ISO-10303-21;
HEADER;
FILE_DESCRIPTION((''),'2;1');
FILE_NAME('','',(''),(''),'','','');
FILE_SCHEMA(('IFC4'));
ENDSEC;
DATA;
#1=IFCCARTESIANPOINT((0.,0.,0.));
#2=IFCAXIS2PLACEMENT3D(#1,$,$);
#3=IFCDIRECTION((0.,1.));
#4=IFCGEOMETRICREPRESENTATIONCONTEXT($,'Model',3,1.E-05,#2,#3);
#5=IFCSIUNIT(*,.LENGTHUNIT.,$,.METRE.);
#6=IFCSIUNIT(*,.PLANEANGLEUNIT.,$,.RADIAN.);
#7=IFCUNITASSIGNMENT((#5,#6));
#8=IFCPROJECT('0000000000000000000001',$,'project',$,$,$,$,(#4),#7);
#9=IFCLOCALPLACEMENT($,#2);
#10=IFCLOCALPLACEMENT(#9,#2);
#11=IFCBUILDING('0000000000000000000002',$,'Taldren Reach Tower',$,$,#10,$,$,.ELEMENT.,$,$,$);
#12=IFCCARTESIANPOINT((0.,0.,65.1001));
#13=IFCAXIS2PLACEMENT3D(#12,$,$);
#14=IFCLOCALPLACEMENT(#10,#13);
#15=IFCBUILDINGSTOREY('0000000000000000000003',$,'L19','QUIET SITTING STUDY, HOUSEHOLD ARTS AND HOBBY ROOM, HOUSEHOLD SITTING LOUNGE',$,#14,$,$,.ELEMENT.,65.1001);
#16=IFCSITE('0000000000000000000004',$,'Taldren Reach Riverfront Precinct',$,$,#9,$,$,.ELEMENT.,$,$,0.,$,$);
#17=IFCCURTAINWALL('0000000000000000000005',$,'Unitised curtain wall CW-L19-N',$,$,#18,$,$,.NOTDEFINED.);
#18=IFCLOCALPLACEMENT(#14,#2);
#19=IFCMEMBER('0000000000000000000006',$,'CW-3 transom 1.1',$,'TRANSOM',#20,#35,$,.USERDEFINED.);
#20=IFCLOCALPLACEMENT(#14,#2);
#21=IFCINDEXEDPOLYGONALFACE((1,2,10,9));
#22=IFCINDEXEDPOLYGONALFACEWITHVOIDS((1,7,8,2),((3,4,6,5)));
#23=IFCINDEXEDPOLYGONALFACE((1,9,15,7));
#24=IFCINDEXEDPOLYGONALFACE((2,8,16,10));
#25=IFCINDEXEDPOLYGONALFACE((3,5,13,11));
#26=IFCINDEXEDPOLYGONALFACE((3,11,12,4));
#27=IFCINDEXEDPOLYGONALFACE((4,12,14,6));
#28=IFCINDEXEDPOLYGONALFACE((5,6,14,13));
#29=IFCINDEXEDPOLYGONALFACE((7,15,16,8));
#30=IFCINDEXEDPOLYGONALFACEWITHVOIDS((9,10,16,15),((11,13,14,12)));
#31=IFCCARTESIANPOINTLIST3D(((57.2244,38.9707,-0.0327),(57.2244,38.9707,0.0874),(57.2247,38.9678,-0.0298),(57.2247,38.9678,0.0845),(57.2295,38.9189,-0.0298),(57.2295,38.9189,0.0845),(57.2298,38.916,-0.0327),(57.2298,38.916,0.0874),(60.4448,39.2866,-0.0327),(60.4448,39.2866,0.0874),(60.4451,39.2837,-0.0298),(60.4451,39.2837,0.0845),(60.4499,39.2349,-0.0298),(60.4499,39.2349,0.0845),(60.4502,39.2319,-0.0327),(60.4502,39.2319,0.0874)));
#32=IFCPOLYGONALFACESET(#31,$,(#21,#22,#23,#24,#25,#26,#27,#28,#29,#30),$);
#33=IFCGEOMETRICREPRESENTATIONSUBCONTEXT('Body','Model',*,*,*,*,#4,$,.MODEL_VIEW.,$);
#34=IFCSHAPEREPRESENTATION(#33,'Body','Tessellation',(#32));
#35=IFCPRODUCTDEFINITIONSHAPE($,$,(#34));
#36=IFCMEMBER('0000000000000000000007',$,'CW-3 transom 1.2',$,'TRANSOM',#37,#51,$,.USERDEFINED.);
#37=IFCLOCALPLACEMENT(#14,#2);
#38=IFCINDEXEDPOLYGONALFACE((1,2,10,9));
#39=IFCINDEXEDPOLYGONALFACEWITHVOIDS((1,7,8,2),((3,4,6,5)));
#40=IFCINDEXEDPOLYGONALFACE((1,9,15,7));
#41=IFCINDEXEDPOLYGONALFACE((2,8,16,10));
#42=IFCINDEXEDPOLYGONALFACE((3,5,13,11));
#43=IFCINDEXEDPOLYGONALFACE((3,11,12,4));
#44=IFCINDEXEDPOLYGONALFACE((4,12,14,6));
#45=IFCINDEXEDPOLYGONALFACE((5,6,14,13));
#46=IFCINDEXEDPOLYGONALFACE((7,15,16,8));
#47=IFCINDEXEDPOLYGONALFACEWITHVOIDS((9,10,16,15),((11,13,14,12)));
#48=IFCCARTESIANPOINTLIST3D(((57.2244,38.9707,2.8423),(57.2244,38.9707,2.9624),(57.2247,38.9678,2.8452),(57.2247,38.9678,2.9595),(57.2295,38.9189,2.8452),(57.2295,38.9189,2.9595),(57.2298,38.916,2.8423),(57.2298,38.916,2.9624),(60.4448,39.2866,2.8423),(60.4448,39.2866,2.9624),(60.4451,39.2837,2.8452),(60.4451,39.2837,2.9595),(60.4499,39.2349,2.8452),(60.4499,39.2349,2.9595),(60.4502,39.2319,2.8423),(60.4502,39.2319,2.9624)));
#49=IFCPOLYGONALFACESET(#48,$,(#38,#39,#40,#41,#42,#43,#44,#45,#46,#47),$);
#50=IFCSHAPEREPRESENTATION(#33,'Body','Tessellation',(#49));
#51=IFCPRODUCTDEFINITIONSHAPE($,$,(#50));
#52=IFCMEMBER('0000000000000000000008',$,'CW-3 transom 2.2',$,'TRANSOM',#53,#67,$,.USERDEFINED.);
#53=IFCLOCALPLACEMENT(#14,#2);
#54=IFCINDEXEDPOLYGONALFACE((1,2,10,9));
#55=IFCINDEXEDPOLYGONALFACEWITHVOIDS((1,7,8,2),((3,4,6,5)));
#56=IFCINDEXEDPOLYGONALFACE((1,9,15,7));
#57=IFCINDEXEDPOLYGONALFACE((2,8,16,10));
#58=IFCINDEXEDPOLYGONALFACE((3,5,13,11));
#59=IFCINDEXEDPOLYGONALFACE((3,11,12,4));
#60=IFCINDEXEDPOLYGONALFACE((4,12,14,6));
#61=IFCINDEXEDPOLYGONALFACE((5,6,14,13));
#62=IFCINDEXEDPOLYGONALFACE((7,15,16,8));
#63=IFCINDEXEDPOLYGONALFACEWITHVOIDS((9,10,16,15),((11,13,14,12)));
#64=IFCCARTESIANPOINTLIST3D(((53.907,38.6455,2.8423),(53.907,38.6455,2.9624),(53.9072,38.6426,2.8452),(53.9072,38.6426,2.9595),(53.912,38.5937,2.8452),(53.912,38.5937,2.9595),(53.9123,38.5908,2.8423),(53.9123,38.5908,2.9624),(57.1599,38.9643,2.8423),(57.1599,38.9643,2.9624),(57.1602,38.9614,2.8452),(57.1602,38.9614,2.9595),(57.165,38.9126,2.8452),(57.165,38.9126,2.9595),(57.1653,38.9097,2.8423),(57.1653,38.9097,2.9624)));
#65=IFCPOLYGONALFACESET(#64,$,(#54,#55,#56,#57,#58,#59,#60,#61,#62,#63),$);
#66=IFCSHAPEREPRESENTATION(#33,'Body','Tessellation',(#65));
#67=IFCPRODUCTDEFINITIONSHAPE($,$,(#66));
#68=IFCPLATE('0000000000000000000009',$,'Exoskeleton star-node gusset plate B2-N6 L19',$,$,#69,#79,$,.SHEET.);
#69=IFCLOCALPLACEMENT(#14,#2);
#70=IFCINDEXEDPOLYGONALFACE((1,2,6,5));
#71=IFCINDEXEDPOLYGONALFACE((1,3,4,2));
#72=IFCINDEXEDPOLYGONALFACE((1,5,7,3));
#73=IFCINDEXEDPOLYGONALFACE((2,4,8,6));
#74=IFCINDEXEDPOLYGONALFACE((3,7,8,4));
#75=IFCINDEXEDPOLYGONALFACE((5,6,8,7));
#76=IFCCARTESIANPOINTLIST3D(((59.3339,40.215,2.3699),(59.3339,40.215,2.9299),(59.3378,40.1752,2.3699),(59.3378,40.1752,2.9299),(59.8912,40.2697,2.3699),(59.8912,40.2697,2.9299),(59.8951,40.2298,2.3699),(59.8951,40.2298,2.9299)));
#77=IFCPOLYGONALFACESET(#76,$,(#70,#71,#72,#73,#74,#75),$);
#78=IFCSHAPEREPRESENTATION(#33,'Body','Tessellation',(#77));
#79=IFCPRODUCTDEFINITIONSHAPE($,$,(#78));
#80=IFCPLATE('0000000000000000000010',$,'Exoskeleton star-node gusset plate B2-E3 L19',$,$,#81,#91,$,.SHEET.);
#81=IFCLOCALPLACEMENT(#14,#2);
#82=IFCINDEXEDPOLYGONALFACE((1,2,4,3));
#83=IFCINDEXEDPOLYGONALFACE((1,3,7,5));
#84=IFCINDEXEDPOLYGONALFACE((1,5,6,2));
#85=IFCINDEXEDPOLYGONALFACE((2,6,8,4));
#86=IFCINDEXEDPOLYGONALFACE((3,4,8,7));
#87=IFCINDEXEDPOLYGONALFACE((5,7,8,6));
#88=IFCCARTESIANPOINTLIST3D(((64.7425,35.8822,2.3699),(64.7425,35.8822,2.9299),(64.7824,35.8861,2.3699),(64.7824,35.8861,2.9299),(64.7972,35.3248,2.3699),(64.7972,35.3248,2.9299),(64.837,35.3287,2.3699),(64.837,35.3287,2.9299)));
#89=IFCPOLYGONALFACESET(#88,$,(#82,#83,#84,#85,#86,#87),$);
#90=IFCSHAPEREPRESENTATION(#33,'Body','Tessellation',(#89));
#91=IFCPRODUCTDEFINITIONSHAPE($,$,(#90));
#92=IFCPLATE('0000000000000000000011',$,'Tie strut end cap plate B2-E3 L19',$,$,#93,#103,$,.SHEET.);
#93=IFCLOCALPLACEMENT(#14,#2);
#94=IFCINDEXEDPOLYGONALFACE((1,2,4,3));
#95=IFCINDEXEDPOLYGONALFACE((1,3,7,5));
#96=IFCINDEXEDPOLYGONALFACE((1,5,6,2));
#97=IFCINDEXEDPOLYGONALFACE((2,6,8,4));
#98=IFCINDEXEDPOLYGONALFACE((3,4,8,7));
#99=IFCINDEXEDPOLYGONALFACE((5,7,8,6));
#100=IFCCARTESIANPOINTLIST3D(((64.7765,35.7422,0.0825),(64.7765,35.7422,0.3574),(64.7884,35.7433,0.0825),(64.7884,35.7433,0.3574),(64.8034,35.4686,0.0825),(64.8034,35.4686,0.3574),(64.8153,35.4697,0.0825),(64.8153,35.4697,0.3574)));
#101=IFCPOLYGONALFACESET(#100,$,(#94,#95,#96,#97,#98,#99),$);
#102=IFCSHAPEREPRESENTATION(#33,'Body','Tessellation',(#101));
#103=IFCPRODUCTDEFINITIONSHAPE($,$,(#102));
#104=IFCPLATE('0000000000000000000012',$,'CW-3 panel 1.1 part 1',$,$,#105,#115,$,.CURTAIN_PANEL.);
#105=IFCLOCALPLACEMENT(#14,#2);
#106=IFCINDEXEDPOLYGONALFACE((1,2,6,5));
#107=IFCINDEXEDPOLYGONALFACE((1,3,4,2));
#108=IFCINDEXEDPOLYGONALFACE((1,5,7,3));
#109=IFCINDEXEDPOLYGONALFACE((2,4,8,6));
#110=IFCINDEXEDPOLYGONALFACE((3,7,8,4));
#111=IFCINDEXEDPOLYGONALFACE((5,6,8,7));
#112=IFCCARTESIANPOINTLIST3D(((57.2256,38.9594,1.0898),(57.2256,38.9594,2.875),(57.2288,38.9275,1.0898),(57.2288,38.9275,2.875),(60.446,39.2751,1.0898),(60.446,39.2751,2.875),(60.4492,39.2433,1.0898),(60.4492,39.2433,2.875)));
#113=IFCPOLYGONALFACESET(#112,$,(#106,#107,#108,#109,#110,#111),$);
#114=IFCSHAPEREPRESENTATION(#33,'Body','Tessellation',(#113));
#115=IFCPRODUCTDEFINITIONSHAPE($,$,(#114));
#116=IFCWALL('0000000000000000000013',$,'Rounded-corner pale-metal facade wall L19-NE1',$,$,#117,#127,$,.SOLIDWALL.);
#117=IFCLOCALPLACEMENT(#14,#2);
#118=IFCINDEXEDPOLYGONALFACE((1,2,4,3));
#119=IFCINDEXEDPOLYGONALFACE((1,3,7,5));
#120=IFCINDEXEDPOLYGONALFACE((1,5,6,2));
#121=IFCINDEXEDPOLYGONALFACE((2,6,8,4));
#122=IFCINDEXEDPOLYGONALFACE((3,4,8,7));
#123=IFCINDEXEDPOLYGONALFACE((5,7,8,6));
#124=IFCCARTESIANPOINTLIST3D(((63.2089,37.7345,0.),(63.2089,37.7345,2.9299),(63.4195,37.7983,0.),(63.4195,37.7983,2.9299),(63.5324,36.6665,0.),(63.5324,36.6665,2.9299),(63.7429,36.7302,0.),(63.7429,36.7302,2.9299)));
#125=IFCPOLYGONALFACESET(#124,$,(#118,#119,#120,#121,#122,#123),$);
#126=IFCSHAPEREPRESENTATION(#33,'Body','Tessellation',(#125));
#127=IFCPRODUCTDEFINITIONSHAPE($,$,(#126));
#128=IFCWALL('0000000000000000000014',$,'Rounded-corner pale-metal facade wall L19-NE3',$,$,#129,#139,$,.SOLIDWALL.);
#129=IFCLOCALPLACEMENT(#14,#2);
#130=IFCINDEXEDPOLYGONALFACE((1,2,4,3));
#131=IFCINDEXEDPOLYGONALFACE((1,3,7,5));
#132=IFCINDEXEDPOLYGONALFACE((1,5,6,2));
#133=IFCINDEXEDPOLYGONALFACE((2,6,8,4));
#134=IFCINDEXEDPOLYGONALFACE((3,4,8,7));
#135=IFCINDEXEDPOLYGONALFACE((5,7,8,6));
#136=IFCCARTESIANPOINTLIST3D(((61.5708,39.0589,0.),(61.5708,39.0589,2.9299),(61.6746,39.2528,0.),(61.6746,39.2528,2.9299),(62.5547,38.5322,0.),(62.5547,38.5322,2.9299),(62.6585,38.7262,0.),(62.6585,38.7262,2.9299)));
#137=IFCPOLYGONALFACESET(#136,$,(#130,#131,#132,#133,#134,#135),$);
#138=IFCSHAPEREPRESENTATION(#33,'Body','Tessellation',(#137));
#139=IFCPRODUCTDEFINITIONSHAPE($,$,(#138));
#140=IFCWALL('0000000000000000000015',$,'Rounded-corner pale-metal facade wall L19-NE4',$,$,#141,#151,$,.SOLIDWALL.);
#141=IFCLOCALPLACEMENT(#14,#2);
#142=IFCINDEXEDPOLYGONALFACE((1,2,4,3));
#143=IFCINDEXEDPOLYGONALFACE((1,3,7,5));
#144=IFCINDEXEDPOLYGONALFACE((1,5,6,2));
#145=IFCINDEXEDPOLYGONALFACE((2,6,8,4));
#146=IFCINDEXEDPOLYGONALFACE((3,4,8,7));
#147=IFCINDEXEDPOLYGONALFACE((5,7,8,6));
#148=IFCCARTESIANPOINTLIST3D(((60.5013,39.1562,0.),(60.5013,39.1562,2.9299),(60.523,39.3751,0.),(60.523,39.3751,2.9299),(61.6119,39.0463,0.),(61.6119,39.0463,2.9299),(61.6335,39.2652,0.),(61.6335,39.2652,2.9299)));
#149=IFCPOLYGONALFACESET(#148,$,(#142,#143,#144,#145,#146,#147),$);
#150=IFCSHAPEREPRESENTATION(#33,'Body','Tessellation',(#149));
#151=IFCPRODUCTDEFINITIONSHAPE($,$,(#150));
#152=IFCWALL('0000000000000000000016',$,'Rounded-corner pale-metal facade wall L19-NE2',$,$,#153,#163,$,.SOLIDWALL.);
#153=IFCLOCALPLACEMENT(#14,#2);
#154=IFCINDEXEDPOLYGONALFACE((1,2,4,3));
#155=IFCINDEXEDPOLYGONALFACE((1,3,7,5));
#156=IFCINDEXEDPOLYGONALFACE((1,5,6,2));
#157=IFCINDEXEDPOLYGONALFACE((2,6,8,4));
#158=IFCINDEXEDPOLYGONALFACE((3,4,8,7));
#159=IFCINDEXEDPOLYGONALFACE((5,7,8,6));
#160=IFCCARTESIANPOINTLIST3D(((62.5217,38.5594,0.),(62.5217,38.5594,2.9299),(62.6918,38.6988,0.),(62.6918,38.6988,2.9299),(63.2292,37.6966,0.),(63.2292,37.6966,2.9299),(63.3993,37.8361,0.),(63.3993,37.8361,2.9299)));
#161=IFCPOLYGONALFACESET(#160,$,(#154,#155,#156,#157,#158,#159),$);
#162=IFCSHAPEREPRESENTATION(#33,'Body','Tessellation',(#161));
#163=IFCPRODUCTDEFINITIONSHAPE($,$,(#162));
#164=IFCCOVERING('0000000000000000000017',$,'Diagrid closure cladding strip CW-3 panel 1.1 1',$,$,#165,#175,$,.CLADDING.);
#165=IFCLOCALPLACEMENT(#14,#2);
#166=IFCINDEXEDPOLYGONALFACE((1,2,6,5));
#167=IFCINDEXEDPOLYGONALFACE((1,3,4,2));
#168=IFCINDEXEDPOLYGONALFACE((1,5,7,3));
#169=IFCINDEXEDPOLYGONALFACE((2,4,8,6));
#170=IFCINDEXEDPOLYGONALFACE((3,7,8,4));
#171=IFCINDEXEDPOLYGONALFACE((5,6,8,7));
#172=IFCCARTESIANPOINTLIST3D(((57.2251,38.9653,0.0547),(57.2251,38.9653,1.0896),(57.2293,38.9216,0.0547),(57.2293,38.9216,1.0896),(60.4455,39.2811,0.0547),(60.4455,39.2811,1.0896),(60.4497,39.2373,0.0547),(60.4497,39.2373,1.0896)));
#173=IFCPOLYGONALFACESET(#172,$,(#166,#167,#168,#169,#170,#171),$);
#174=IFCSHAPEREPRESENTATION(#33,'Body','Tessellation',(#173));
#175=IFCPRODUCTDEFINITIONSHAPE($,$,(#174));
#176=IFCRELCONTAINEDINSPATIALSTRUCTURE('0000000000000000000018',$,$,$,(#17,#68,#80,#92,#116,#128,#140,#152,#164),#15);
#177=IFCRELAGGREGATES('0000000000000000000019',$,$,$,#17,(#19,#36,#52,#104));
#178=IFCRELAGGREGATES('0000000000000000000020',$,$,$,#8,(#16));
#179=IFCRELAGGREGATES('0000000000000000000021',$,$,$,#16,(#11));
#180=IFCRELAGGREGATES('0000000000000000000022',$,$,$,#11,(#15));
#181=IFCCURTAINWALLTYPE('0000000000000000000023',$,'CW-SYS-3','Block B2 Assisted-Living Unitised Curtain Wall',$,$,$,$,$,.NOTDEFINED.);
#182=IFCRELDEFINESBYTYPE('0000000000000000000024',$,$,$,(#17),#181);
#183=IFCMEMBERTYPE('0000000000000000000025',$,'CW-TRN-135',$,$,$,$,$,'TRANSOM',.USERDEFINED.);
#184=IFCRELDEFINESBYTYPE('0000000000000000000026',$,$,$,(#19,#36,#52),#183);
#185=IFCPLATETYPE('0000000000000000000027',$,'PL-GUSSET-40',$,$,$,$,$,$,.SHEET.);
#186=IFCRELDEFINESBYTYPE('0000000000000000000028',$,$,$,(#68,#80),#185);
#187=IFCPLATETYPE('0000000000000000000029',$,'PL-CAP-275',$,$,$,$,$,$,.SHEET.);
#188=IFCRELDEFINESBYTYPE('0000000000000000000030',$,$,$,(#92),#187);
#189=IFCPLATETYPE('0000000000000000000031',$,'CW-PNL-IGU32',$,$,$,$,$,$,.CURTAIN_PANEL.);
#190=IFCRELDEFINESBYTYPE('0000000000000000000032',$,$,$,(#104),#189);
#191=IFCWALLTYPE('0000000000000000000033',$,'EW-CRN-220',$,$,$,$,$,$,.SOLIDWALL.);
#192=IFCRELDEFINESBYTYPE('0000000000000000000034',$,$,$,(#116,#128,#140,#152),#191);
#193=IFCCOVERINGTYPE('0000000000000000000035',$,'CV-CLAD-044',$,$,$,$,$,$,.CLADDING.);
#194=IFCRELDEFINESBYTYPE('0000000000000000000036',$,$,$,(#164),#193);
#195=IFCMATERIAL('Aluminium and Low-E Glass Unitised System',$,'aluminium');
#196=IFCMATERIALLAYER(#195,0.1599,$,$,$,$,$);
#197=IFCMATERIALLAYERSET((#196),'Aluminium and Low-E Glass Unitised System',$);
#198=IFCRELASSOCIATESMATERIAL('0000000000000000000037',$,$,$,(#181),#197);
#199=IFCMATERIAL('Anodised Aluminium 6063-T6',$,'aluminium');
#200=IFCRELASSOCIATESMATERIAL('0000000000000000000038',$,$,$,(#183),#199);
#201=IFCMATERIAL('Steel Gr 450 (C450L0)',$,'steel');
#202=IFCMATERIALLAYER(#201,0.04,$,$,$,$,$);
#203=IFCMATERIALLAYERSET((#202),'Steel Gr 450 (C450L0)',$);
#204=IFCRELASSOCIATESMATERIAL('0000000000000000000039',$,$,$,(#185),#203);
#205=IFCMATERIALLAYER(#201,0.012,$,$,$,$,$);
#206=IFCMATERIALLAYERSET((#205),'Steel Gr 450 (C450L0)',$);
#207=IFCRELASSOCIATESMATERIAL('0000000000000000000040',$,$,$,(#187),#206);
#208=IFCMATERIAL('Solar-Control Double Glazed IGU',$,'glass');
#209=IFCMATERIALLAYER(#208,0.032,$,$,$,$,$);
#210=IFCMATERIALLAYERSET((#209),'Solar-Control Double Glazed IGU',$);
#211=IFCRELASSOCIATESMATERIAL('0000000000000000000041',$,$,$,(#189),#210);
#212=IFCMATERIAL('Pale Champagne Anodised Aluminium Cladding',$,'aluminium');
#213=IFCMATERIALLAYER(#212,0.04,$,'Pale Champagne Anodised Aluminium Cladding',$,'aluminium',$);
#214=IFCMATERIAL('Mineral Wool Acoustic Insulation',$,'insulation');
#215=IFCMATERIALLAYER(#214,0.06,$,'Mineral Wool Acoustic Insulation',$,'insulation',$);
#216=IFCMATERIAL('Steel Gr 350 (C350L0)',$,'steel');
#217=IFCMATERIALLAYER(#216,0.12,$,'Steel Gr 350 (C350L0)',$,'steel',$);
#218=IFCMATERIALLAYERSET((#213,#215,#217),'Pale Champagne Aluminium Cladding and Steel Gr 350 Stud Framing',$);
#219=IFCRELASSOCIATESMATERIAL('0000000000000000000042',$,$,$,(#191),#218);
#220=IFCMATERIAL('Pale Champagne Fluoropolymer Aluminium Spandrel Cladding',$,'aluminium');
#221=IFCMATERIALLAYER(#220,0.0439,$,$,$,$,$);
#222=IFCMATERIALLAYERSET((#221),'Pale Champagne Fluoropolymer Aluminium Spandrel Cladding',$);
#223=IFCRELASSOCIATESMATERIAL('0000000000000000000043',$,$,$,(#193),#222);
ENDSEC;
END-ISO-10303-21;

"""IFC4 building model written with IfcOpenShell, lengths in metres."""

from ifc_helpers import new_model, si_unit, direction, frame, frame_2d, origin, origin_2d, place, context, subcontext, project, spatial, rectangle, hollow_rectangle, extrude, source, transform, mapped, material, layer, layer_set, material_profile, profile_set, type_object, element, aggregate, save


model = new_model("IFC4")

# Units and contexts
model_context = context("Model", 3, precision=1e-05, world=origin(), true_north=direction((0.0, 1.0)))
body_context = subcontext(model_context, "Body", "Model", "MODEL_VIEW")
ifc_project = project(units=[si_unit("LENGTHUNIT", "METRE"), si_unit("PLANEANGLEUNIT", "RADIAN")], contexts=[model_context])

# Site, building, storey
site_placement = place(None, origin())
site = spatial("IfcSite", under=ifc_project, at=site_placement, Name="Taldren Reach Riverfront Precinct", CompositionType="ELEMENT", RefElevation=0.0)
building_placement = place(site_placement, origin())
building = spatial("IfcBuilding", under=site, at=building_placement, Name="Taldren Reach Tower", CompositionType="ELEMENT")
storey_placement = place(building_placement, frame((0.0, 0.0, 65.1001)))
storey = spatial("IfcBuildingStorey", under=building, at=storey_placement, Name="L19", Description="QUIET SITTING STUDY, HOUSEHOLD ARTS AND HOBBY ROOM, HOUSEHOLD SITTING LOUNGE", CompositionType="ELEMENT", Elevation=65.1001)

# Shared definitions
ifc_material_1 = material(Name="Steel Gr 450 (C450L0)", Category="steel")
ifc_material_2 = material(Name="Steel Gr 350 (C350L0)", Category="steel")

# Curtain wall
ifc_material_3 = material(Name="Aluminium and Low-E Glass Unitised System", Category="aluminium")
ifc_layer_1 = layer(ifc_material_3, 0.1599)
ifc_layer_set_1 = layer_set([ifc_layer_1], Name="Aluminium and Low-E Glass Unitised System")
curtain_wall_type = type_object("IfcCurtainWallType", Name="CW-SYS-3", Description="Block B2 Assisted-Living Unitised Curtain Wall", PredefinedType="NOTDEFINED", material=ifc_layer_set_1)
curtain_wall_1_placement = place(storey_placement, origin())
curtain_wall_1 = element("IfcCurtainWall", 1, at=curtain_wall_1_placement, inside=storey, type_object=curtain_wall_type, Name="Unitised curtain wall CW-L19-N", PredefinedType="NOTDEFINED")
ifc_material_4 = material(Name="Anodised Aluminium 6063-T6", Category="aluminium")

# Members
ifc_material_profile_1 = material_profile(ifc_material_4, hollow_rectangle(XDim=0.0549, YDim=0.1201, WallThickness=0.0029, at=origin_2d()), Name="ALU-120x55x3RHS")
ifc_profile_set_1 = profile_set([ifc_material_profile_1], Name="Anodised Aluminium 6063-T6")
member_type_1 = type_object("IfcMemberType", Name="CW-TRN-135", ElementType="TRANSOM", PredefinedType="USERDEFINED", material=ifc_profile_set_1)
shared_shape_1 = source(origin(), body_context, "Body", "SweptSolid", [
    extrude(hollow_rectangle(XDim=0.0549, YDim=0.1201, WallThickness=0.0029, at=origin_2d()), origin(), (0.0, 0.0, 1.0), 3.2358),
])
member_1_placement = place(storey_placement, frame((60.4475, 39.2593, 0.0273), z_axis=(-0.995223, -0.097629, 0.0), x_axis=(0.097629, -0.995223, 0.0)))
member_1 = element("IfcMember", 2, at=member_1_placement, type_object=member_type_1, Name="CW-3 transom 1.1", ObjectType="TRANSOM", PredefinedType="USERDEFINED", context=body_context, shape_type="MappedRepresentation", body=[
    mapped(shared_shape_1, transform((0.0, 0.0, 0.0), scale=1.0)),
])
member_2_placement = place(storey_placement, frame((60.4475, 39.2593, 2.9023), z_axis=(-0.995223, -0.097629, 0.0), x_axis=(0.097629, -0.995223, 0.0)))
member_2 = element("IfcMember", 3, at=member_2_placement, type_object=member_type_1, Name="CW-3 transom 1.2", ObjectType="TRANSOM", PredefinedType="USERDEFINED", context=body_context, shape_type="MappedRepresentation", body=[
    mapped(shared_shape_1, transform((0.0, 0.0, 0.0), scale=1.0)),
])
shared_shape_2 = source(origin(), body_context, "Body", "SweptSolid", [
    extrude(hollow_rectangle(XDim=0.0549, YDim=0.1201, WallThickness=0.0029, at=origin_2d()), origin(), (0.0, 0.0, 1.0), 3.2686),
])
member_3_placement = place(storey_placement, frame((57.1626, 38.937, 2.9023), z_axis=(-0.995231, -0.097551, 0.0), x_axis=(0.097551, -0.995231, 0.0)))
member_3 = element("IfcMember", 4, at=member_3_placement, type_object=member_type_1, Name="CW-3 transom 2.2", ObjectType="TRANSOM", PredefinedType="USERDEFINED", context=body_context, shape_type="MappedRepresentation", body=[
    mapped(shared_shape_2, transform((0.0, 0.0, 0.0), scale=1.0)),
])

# Plates
ifc_layer_2 = layer(ifc_material_1, 0.04)
ifc_layer_set_2 = layer_set([ifc_layer_2], Name="Steel Gr 450 (C450L0)")
plate_type_1 = type_object("IfcPlateType", Name="PL-GUSSET-40", PredefinedType="SHEET", material=ifc_layer_set_2)
shared_shape_3 = source(origin(), body_context, "Body", "SweptSolid", [
    extrude(rectangle(XDim=0.5601, YDim=0.04, at=origin_2d()), origin(), (0.0, 0.0, 1.0), 0.5601),
])
for number, where, z_axis, x_axis, name in (
    (5, (59.6145, 40.2224, 2.3699), (0.0, 0.0, 1.0), (0.995227, 0.097583, 0.0), "Exoskeleton star-node gusset plate B2-N6 L19"),
    (6, (64.7898, 35.6055, 2.3699), (0.0, 0.0, 1.0), (-0.097583, 0.995227, 0.0), "Exoskeleton star-node gusset plate B2-E3 L19"),
):
    element("IfcPlate", number, at=place(storey_placement, frame(where, z_axis=z_axis, x_axis=x_axis)), inside=storey, type_object=plate_type_1, Name=name, PredefinedType="SHEET", context=body_context, shape_type="MappedRepresentation", body=[
        mapped(shared_shape_3, transform((0.0, 0.0, 0.0), scale=1.0)),
    ])
ifc_layer_3 = layer(ifc_material_1, 0.012)
ifc_layer_set_3 = layer_set([ifc_layer_3], Name="Steel Gr 450 (C450L0)")
plate_type_2 = type_object("IfcPlateType", Name="PL-CAP-275", PredefinedType="SHEET", material=ifc_layer_set_3)
shared_shape_4 = source(origin(), body_context, "Body", "SweptSolid", [
    extrude(rectangle(XDim=0.012, YDim=0.2749, at=origin_2d()), origin(), (0.0, 0.0, 1.0), 0.2749),
])
plate_1_placement = place(storey_placement, frame((64.7959, 35.606, 0.0825), z_axis=(0.0, 0.0, 1.0), x_axis=(0.995227, 0.097583, 0.0)))
element("IfcPlate", 7, at=plate_1_placement, inside=storey, type_object=plate_type_2, Name="Tie strut end cap plate B2-E3 L19", PredefinedType="SHEET", context=body_context, shape_type="MappedRepresentation", body=[
    mapped(shared_shape_4, transform((0.0, 0.0, 0.0), scale=1.0)),
])

# Plate
ifc_material_5 = material(Name="Solar-Control Double Glazed IGU", Category="glass")
ifc_layer_4 = layer(ifc_material_5, 0.032)
ifc_layer_set_4 = layer_set([ifc_layer_4], Name="Solar-Control Double Glazed IGU")
plate_type_3 = type_object("IfcPlateType", Name="CW-PNL-IGU32", PredefinedType="CURTAIN_PANEL", material=ifc_layer_set_4)
shared_shape_5 = source(origin(), body_context, "Body", "SweptSolid", [
    extrude(rectangle(XDim=3.2358, YDim=0.032, at=origin_2d()), origin(), (0.0, 0.0, 1.0), 1.7852),
])
plate_2_placement = place(storey_placement, frame((58.8374, 39.1013, 1.0898), z_axis=(0.0, 0.0, 1.0), x_axis=(-0.995227, -0.097583, 0.0)))
plate_2 = element("IfcPlate", 8, at=plate_2_placement, type_object=plate_type_3, Name="CW-3 panel 1.1 part 1", PredefinedType="CURTAIN_PANEL", context=body_context, shape_type="MappedRepresentation", body=[
    mapped(shared_shape_5, transform((0.0, 0.0, 0.0), scale=1.0)),
])
aggregate(curtain_wall_1, [member_1, member_2, member_3, plate_2])

# Walls
ifc_material_6 = material(Name="Pale Champagne Anodised Aluminium Cladding", Category="aluminium")
ifc_layer_5 = layer(ifc_material_6, 0.04, Name="Pale Champagne Anodised Aluminium Cladding", Category="aluminium")
ifc_material_7 = material(Name="Mineral Wool Acoustic Insulation", Category="insulation")
ifc_layer_6 = layer(ifc_material_7, 0.06, Name="Mineral Wool Acoustic Insulation", Category="insulation")
ifc_layer_7 = layer(ifc_material_2, 0.12, Name="Steel Gr 350 (C350L0)", Category="steel")
ifc_layer_set_5 = layer_set([ifc_layer_5, ifc_layer_6, ifc_layer_7], Name="Pale Champagne Aluminium Cladding and Steel Gr 350 Stud Framing")
wall_type = type_object("IfcWallType", Name="EW-CRN-220", PredefinedType="SOLIDWALL", material=ifc_layer_set_5)
shared_shape_6 = source(origin(), body_context, "Body", "SweptSolid", [
    extrude(rectangle(XDim=1.116, YDim=0.22, at=frame_2d((0.5581, 0.0))), origin(), (0.0, 0.0, 1.0), 2.9299),
])
for number, where, z_axis, x_axis, name in (
    (9, (63.6377, 36.6982, 0.0), (0.0, 0.0, 1.0), (-0.289856, 0.95707, 0.0), "Rounded-corner pale-metal facade wall L19-NE1"),
    (10, (62.6067, 38.6292, 0.0), (0.0, 0.0, 1.0), (-0.881656, 0.471894, 0.0), "Rounded-corner pale-metal facade wall L19-NE3"),
    (11, (61.6228, 39.1558, 0.0), (0.0, 0.0, 1.0), (-0.995143, 0.098442, 0.0), "Rounded-corner pale-metal facade wall L19-NE4"),
):
    element("IfcWall", number, at=place(storey_placement, frame(where, z_axis=z_axis, x_axis=x_axis)), inside=storey, type_object=wall_type, Name=name, PredefinedType="SOLIDWALL", context=body_context, shape_type="MappedRepresentation", body=[
        mapped(shared_shape_6, transform((0.0, 0.0, 0.0), scale=1.0)),
    ])
shared_shape_7 = source(origin(), body_context, "Body", "SweptSolid", [
    extrude(rectangle(XDim=1.1157, YDim=0.22, at=frame_2d((0.5579, 0.0))), origin(), (0.0, 0.0, 1.0), 2.9299),
])
wall_placement = place(storey_placement, frame((63.3142, 37.7664, 0.0), z_axis=(0.0, 0.0, 1.0), x_axis=(-0.634095, 0.773255, 0.0)))
element("IfcWall", 12, at=wall_placement, inside=storey, type_object=wall_type, Name="Rounded-corner pale-metal facade wall L19-NE2", PredefinedType="SOLIDWALL", context=body_context, shape_type="MappedRepresentation", body=[
    mapped(shared_shape_7, transform((0.0, 0.0, 0.0), scale=1.0)),
])

# Covering
ifc_material_8 = material(Name="Pale Champagne Fluoropolymer Aluminium Spandrel Cladding", Category="aluminium")
ifc_layer_8 = layer(ifc_material_8, 0.0439)
ifc_layer_set_6 = layer_set([ifc_layer_8], Name="Pale Champagne Fluoropolymer Aluminium Spandrel Cladding")
covering_type = type_object("IfcCoveringType", Name="CV-CLAD-044", PredefinedType="CLADDING", material=ifc_layer_set_6)
shared_shape_8 = source(origin(), body_context, "Body", "SweptSolid", [
    extrude(rectangle(XDim=3.2358, YDim=0.0439, at=origin_2d()), origin(), (0.0, 0.0, 1.0), 1.0349),
])
covering_placement = place(storey_placement, frame((58.8374, 39.1013, 0.0547), z_axis=(0.0, 0.0, 1.0), x_axis=(-0.995227, -0.097583, 0.0)))
element("IfcCovering", 13, at=covering_placement, inside=storey, type_object=covering_type, Name="Diagrid closure cladding strip CW-3 panel 1.1 1", PredefinedType="CLADDING", context=body_context, shape_type="MappedRepresentation", body=[
    mapped(shared_shape_8, transform((0.0, 0.0, 0.0), scale=1.0)),
])

save(model, "model.ifc")
